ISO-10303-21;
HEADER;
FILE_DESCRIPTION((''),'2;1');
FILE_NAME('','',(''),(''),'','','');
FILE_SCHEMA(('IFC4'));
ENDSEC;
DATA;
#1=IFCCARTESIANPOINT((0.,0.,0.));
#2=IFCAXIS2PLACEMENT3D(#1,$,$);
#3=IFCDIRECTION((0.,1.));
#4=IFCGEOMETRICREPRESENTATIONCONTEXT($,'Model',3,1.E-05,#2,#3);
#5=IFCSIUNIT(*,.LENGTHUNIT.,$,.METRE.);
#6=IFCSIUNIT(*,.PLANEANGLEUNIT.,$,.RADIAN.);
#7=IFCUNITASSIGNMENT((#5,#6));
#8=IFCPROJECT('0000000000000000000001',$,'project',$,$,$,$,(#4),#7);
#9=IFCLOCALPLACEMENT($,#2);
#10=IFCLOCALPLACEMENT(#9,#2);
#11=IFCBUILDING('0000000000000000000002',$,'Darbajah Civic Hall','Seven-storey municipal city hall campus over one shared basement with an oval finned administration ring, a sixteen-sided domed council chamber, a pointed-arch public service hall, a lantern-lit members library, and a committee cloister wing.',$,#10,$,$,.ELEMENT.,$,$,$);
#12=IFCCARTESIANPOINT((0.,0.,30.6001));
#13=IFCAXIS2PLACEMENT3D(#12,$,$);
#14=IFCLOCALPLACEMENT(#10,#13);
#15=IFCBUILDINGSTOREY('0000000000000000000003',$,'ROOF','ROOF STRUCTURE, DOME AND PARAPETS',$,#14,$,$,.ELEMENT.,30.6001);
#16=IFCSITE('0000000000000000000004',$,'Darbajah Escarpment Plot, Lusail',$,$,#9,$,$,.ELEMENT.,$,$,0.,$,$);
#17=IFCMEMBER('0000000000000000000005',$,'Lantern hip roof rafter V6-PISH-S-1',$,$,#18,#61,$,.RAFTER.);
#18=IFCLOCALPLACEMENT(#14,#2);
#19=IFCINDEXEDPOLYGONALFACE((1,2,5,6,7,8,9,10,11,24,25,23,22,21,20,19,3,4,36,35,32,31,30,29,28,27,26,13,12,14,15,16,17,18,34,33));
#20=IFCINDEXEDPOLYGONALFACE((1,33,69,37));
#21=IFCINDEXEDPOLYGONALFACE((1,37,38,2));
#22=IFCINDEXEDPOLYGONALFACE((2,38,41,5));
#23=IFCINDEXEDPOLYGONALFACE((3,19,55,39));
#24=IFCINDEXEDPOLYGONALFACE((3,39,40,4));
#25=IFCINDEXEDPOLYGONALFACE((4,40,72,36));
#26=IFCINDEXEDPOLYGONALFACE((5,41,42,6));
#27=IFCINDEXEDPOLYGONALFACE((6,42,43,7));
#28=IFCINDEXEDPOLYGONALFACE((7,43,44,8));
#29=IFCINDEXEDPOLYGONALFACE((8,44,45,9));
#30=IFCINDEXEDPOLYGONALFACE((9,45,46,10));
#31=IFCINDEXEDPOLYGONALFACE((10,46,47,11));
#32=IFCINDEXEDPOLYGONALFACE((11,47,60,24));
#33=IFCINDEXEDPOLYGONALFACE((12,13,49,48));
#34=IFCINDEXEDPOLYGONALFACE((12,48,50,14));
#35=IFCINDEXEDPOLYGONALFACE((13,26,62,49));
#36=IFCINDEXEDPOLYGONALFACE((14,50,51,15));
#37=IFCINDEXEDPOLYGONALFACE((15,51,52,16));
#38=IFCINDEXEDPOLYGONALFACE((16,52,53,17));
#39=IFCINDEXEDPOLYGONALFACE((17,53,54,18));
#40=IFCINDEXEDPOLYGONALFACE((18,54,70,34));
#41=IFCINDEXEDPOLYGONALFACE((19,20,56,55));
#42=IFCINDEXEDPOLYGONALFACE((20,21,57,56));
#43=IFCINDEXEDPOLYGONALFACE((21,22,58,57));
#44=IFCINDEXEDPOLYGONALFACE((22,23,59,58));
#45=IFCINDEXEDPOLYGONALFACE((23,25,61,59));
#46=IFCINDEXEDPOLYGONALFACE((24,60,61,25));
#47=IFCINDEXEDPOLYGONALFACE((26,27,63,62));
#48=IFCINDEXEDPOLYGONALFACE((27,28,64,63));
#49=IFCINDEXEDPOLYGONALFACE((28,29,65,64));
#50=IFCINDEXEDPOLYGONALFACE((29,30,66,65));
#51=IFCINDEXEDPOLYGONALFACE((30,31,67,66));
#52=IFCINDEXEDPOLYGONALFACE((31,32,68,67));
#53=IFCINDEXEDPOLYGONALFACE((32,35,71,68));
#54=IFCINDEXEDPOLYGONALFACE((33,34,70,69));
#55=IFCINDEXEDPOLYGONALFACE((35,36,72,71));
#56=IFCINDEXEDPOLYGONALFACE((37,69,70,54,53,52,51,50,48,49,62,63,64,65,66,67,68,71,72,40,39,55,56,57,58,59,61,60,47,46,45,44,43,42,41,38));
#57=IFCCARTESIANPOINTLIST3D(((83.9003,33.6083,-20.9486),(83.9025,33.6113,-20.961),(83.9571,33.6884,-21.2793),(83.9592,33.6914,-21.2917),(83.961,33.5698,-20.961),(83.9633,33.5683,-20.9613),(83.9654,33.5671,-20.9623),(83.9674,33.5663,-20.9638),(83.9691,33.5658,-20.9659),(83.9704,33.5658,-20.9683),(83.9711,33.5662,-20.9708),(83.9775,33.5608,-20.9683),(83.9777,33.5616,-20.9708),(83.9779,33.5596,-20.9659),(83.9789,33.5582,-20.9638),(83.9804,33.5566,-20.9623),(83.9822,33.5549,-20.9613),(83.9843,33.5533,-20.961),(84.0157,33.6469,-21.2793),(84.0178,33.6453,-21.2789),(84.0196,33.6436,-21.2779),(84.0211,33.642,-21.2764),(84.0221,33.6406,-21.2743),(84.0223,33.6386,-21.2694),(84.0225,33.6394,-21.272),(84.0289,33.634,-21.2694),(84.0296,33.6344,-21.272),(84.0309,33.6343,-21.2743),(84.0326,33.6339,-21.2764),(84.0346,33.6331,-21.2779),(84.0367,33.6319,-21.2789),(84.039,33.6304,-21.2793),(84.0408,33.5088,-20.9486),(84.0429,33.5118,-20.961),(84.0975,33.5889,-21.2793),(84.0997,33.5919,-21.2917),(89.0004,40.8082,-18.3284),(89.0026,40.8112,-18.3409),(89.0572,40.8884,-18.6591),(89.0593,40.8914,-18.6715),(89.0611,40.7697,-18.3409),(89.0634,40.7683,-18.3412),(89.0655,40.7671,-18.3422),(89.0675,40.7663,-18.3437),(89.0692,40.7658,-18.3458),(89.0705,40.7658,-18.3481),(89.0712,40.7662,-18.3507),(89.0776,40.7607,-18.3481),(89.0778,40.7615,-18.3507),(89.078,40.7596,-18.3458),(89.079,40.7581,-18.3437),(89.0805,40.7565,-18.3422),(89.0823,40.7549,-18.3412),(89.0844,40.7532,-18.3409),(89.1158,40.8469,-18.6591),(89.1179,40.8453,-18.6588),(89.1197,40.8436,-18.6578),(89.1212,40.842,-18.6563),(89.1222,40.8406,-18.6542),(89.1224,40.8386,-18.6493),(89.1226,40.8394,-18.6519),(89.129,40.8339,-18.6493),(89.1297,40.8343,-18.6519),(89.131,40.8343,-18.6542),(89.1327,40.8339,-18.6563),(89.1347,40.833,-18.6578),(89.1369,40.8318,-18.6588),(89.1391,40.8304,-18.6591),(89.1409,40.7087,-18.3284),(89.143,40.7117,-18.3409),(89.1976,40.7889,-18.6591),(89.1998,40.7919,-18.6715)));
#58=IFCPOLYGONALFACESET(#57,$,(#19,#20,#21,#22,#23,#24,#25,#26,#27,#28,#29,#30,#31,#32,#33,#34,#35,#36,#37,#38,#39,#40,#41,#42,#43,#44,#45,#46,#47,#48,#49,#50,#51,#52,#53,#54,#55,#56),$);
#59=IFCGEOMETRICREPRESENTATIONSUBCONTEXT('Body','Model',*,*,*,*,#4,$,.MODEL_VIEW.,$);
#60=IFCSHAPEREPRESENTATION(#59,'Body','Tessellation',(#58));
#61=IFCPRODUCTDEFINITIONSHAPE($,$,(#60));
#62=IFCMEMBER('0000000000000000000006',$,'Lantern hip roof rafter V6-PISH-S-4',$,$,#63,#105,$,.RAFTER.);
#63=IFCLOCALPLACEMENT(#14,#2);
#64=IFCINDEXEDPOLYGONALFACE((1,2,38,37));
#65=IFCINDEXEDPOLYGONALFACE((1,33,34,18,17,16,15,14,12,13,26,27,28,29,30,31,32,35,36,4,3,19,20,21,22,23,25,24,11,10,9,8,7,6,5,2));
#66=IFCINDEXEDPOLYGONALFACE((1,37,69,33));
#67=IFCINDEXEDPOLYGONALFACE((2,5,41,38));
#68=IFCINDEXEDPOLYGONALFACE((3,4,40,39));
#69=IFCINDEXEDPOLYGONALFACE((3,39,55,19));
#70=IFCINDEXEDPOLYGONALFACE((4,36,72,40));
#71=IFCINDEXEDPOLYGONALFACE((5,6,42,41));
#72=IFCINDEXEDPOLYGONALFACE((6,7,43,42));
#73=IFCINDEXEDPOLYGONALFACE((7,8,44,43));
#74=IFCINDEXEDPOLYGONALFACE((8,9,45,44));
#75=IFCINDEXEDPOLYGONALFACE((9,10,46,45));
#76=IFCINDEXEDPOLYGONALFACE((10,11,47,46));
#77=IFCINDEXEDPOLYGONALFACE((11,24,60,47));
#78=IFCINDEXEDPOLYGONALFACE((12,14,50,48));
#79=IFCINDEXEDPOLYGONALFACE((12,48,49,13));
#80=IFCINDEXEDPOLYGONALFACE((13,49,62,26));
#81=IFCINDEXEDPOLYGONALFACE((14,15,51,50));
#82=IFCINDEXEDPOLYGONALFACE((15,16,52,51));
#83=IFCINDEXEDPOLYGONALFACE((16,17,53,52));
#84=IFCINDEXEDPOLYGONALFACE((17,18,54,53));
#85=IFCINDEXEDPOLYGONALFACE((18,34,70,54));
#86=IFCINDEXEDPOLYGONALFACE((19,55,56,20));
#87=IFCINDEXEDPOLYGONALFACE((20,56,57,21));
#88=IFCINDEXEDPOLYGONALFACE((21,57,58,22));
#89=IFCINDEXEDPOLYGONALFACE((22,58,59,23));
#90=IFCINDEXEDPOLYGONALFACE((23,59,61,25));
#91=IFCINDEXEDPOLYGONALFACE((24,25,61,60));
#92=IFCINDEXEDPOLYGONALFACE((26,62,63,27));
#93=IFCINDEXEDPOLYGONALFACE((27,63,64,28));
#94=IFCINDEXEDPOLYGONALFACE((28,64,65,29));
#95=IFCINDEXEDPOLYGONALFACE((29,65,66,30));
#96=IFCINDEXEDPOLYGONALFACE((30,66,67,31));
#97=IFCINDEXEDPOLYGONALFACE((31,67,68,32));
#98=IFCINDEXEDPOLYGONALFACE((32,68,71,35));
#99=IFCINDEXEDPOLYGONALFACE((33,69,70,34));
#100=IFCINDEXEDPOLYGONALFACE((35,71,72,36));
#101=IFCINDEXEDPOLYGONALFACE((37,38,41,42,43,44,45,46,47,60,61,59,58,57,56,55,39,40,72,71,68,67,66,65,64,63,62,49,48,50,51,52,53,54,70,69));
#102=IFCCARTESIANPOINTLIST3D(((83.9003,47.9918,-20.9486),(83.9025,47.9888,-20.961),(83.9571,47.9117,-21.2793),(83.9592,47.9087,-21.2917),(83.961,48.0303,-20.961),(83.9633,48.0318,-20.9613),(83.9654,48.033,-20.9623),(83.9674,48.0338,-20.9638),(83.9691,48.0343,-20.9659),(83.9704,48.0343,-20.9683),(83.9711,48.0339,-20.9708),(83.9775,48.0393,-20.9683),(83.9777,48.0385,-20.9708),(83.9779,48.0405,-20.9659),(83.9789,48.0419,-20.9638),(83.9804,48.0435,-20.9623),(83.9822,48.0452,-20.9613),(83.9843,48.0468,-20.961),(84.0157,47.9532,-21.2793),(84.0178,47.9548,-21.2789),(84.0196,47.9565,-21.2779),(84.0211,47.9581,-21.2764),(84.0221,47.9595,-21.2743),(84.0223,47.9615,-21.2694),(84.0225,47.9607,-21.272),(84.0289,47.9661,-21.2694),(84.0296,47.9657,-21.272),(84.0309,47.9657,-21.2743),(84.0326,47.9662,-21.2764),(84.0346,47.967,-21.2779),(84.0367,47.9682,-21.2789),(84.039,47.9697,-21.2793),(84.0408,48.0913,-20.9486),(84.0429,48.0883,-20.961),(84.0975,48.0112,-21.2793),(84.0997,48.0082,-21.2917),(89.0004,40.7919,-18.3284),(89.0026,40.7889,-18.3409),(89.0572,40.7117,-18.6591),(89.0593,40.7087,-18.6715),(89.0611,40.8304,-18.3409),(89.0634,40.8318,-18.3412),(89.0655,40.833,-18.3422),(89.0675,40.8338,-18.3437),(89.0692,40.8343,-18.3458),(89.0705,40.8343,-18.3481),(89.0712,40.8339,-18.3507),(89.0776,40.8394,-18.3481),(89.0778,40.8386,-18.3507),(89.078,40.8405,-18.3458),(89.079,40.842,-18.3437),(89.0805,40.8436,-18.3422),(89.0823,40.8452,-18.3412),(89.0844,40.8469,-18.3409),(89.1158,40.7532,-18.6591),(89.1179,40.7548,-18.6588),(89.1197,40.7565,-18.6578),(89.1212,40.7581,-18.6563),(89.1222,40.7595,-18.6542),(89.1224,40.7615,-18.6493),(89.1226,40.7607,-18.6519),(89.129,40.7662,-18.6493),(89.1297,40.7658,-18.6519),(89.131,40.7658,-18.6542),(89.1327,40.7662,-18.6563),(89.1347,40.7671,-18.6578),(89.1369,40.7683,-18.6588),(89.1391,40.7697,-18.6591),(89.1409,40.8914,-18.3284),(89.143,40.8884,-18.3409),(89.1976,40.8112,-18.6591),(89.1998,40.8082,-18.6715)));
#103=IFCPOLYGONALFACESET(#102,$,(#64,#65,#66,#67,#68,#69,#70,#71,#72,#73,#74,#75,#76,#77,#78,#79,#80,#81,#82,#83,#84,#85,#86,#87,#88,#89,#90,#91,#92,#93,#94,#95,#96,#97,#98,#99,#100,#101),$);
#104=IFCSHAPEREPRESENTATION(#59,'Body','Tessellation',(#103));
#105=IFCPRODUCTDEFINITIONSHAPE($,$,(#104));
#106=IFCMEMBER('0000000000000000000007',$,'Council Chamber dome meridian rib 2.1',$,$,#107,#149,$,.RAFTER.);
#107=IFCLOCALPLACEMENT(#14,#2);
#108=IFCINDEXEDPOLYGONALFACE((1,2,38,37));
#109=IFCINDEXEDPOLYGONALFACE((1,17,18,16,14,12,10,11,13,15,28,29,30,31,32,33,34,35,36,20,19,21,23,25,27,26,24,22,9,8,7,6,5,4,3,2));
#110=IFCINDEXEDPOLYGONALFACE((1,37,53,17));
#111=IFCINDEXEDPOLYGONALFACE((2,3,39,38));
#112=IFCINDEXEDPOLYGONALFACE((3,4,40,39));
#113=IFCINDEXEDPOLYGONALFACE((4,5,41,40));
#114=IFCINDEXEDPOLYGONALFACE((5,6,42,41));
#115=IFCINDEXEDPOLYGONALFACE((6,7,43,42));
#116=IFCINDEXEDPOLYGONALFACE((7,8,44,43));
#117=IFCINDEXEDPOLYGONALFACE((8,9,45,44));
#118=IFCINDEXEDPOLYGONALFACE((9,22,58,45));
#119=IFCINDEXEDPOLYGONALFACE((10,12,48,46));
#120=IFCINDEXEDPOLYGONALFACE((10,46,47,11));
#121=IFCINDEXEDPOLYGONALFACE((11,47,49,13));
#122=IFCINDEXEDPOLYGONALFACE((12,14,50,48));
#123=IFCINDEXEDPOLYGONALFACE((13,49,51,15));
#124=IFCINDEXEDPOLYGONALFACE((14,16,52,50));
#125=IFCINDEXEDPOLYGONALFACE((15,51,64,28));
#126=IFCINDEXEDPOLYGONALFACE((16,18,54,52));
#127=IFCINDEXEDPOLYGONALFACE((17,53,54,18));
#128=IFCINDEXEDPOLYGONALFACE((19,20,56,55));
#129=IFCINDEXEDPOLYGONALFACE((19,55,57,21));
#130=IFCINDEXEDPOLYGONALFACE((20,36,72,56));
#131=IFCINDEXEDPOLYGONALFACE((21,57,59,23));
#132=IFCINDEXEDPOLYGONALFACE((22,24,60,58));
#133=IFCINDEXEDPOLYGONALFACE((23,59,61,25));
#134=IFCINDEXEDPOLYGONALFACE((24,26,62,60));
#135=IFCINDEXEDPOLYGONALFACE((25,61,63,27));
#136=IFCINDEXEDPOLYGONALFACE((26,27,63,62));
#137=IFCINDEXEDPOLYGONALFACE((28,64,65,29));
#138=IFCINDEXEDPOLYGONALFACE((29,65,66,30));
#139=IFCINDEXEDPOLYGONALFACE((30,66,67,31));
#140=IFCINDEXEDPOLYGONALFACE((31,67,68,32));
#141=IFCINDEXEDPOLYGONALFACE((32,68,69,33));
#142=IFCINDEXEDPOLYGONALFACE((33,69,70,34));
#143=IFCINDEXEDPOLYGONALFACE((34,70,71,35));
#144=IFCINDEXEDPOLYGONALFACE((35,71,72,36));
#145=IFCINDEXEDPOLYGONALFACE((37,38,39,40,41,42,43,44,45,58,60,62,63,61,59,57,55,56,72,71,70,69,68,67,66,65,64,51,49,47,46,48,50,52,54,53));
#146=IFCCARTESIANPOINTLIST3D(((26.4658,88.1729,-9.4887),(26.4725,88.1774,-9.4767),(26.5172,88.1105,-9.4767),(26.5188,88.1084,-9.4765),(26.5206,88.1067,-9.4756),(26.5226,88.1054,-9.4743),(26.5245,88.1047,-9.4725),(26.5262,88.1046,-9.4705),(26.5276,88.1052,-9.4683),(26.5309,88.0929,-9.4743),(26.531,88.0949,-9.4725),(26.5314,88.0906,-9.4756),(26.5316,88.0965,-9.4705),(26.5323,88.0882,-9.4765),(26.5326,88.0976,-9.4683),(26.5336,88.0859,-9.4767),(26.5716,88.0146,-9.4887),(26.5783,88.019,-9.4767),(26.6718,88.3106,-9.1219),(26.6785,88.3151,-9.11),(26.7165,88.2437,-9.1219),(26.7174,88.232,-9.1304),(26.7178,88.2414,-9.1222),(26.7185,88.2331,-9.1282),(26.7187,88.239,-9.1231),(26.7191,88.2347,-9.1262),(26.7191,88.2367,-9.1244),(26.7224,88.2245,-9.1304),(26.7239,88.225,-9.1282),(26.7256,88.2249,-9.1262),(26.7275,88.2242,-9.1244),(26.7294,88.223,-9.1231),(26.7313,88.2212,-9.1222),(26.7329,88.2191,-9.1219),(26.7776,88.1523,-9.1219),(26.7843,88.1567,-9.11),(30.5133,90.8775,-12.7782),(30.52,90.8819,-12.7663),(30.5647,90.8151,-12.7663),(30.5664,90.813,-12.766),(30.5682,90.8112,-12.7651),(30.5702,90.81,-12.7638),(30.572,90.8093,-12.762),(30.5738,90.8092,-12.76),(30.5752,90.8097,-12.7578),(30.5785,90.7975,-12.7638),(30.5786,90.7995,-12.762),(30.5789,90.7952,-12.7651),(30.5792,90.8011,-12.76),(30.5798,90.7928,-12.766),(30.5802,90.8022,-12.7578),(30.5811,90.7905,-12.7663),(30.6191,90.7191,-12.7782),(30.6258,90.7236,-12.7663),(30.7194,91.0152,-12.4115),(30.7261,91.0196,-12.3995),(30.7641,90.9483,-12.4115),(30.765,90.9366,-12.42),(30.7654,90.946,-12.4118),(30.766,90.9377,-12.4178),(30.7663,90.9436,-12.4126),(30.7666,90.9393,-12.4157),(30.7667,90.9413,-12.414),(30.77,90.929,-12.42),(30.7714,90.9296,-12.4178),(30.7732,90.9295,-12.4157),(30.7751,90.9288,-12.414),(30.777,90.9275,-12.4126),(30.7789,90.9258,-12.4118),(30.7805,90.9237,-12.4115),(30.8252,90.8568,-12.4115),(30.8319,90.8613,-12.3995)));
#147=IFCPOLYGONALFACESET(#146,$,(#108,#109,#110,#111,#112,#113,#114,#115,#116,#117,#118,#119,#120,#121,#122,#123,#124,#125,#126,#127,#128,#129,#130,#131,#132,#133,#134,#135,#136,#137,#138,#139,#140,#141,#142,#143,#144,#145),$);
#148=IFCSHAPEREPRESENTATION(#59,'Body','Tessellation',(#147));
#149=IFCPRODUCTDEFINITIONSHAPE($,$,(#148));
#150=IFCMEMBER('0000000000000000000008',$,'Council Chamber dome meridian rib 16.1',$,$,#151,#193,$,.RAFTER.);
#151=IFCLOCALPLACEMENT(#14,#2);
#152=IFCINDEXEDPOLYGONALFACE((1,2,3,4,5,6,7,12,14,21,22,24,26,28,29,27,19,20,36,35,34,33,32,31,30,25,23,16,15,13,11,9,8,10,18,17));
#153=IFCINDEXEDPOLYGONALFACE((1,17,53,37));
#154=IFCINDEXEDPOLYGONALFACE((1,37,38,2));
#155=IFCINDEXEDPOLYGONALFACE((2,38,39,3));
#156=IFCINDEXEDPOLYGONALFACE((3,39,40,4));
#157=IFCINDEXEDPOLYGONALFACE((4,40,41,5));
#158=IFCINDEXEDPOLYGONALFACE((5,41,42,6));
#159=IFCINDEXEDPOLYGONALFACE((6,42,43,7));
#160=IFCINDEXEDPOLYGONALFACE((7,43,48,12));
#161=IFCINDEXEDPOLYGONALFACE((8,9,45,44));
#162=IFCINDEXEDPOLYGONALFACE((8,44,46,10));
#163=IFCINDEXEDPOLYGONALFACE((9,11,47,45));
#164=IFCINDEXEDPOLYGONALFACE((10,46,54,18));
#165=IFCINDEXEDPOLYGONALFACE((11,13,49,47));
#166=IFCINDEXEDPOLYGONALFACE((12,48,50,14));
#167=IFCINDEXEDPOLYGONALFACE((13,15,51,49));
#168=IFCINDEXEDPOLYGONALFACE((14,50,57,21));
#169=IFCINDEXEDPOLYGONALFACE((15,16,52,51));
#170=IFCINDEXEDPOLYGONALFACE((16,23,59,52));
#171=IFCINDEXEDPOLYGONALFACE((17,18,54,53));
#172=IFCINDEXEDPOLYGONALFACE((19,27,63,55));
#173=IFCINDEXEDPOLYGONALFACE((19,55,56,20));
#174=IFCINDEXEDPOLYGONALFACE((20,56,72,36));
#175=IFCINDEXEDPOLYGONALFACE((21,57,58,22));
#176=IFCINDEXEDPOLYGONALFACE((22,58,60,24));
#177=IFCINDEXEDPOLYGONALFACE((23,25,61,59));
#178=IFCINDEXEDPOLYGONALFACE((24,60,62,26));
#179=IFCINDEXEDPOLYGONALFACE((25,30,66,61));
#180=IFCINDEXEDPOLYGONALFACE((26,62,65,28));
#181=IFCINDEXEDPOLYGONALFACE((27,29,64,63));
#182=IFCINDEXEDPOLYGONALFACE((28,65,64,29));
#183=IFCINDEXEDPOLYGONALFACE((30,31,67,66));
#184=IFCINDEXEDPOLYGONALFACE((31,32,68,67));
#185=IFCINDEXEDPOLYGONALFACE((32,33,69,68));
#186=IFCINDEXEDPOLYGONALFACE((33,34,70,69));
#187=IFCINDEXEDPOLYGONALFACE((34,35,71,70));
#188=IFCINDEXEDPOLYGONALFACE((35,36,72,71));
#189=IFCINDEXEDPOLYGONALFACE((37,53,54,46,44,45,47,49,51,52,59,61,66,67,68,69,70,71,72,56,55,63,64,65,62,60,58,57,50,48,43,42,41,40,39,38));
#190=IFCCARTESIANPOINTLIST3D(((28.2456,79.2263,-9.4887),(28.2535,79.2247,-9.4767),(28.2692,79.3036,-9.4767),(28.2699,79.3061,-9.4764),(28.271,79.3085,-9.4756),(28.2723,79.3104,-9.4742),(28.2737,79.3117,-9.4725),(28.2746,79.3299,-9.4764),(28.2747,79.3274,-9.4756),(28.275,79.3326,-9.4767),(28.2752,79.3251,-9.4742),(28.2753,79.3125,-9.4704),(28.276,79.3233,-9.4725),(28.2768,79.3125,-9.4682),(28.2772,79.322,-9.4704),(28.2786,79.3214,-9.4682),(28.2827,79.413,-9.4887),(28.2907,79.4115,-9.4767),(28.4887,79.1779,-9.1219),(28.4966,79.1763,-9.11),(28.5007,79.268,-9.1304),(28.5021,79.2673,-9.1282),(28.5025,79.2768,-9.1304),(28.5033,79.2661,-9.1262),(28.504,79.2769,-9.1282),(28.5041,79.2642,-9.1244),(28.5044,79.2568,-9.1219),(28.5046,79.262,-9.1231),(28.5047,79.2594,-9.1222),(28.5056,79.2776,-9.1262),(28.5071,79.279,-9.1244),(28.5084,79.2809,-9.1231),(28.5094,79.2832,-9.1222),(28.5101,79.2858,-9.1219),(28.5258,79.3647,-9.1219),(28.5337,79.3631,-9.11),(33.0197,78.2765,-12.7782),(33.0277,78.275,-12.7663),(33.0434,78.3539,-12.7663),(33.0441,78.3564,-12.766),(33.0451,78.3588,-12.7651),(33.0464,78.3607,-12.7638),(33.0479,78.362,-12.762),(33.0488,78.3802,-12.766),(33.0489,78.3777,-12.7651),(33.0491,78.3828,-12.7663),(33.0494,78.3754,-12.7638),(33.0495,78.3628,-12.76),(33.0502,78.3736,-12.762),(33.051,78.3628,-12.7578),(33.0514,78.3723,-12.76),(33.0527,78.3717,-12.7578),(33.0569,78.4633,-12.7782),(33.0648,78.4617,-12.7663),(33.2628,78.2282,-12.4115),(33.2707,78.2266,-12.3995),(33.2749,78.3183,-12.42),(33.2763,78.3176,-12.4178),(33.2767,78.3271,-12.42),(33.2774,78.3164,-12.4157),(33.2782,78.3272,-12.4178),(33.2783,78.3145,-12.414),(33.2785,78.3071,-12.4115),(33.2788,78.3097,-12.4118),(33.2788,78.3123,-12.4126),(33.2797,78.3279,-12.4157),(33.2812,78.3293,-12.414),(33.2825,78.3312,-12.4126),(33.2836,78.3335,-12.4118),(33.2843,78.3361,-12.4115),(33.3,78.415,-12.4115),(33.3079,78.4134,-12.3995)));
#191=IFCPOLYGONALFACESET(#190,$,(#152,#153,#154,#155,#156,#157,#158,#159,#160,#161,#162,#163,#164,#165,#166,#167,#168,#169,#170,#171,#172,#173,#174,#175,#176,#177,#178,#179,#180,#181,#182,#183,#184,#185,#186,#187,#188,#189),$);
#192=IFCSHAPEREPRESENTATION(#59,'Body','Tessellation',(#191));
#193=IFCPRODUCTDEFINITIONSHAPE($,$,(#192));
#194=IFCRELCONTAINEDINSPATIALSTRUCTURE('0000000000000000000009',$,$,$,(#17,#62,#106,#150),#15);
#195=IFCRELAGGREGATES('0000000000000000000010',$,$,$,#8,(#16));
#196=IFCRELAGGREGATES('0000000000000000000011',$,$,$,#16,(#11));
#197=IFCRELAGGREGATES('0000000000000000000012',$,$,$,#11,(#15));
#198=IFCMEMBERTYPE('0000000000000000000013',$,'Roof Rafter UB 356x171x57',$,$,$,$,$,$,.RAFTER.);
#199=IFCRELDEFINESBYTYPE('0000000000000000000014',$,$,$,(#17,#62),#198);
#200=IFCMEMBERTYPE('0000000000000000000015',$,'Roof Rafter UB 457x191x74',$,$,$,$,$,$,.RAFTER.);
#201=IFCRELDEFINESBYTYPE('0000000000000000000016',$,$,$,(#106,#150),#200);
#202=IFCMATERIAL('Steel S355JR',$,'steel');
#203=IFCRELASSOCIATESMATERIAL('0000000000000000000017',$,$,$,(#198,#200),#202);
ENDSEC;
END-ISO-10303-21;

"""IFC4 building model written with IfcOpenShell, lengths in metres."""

from ifc_helpers import new_model, si_unit, direction, frame, origin, origin_2d, place, context, subcontext, project, spatial, i_section, extrude, material, material_profile, profile_set, type_object, element, save


model = new_model("IFC4")

# Units and contexts
model_context = context("Model", 3, precision=1e-05, world=origin(), true_north=direction((0.0, 1.0)))
body_context = subcontext(model_context, "Body", "Model", "MODEL_VIEW")
ifc_project = project(units=[si_unit("LENGTHUNIT", "METRE"), si_unit("PLANEANGLEUNIT", "RADIAN")], contexts=[model_context])

# Site, building, storey
site_placement = place(None, origin())
site = spatial("IfcSite", under=ifc_project, at=site_placement, Name="Darbajah Escarpment Plot, Lusail", CompositionType="ELEMENT", RefElevation=0.0)
building_placement = place(site_placement, origin())
building = spatial("IfcBuilding", under=site, at=building_placement, Name="Darbajah Civic Hall", Description="Seven-storey municipal city hall campus over one shared basement with an oval finned administration ring, a sixteen-sided domed council chamber, a pointed-arch public service hall, a lantern-lit members library, and a committee cloister wing.", CompositionType="ELEMENT")
storey_placement = place(building_placement, frame((0.0, 0.0, 30.6001)))
storey = spatial("IfcBuildingStorey", under=building, at=storey_placement, Name="ROOF", Description="ROOF STRUCTURE, DOME AND PARAPETS", CompositionType="ELEMENT", Elevation=30.6001)

# Members
ifc_material_1 = material(Name="Steel S355JR", Category="steel")
ifc_material_profile_1 = material_profile(ifc_material_1, i_section(OverallWidth=0.1721, OverallDepth=0.3579, WebThickness=0.0081, FlangeThickness=0.0129, FilletRadius=0.0103, at=origin_2d()), Name="UB 356x171x57")
ifc_profile_set_1 = profile_set([ifc_material_profile_1], Name="Steel S355JR")
member_type_1 = type_object("IfcMemberType", Name="Roof Rafter UB 356x171x57", PredefinedType="RAFTER", material=ifc_profile_set_1)
for number, where, z_axis, x_axis, name in (
    (1, (84.0, 33.6001, -21.1201), (0.554112, 0.782255, 0.284669), (-0.816017, 0.578027, 0.0), "Lantern hip roof rafter V6-PISH-S-1"),
    (2, (84.0, 48.0, -21.1201), (0.554112, -0.782255, 0.284669), (0.816017, 0.578027, 0.0), "Lantern hip roof rafter V6-PISH-S-4"),
):
    element("IfcMember", number, at=place(storey_placement, frame(where, z_axis=z_axis, x_axis=x_axis)), inside=storey, type_object=member_type_1, Name=name, PredefinedType="RAFTER", context=body_context, shape_type="SweptSolid", body=[
        extrude(i_section(OverallWidth=0.1721, OverallDepth=0.3579, WebThickness=0.0081, FlangeThickness=0.0129, FilletRadius=0.0103, at=origin_2d()), origin(), (0.0, 0.0, 1.0), 9.2041),
    ])
ifc_material_profile_2 = material_profile(ifc_material_1, i_section(OverallWidth=0.1904, OverallDepth=0.457, WebThickness=0.009, FlangeThickness=0.0144, FilletRadius=0.0103, at=origin_2d()), Name="UB 457x191x74")
ifc_profile_set_2 = profile_set([ifc_material_profile_2], Name="Steel S355JR")
member_type_2 = type_object("IfcMemberType", Name="Roof Rafter UB 457x191x74", PredefinedType="RAFTER", material=ifc_profile_set_2)
member_1_placement = place(storey_placement, frame((30.6726, 90.8694, -12.5889), z_axis=(-0.68892, -0.460333, 0.559896), x_axis=(0.555579, -0.831463, 0.0)))
element("IfcMember", 3, at=member_1_placement, inside=storey, type_object=member_type_2, Name="Council Chamber dome meridian rib 2.1", PredefinedType="RAFTER", context=body_context, shape_type="SweptSolid", body=[
    extrude(i_section(OverallWidth=0.1904, OverallDepth=0.457, WebThickness=0.009, FlangeThickness=0.0144, FilletRadius=0.0103, at=origin_2d()), origin(), (0.0, 0.0, 1.0), 5.8752),
])
member_2_placement = place(storey_placement, frame((33.1638, 78.345, -12.5889), z_axis=(-0.812623, 0.161652, 0.559922), x_axis=(-0.195103, -0.980783, 0.0)))
element("IfcMember", 4, at=member_2_placement, inside=storey, type_object=member_type_2, Name="Council Chamber dome meridian rib 16.1", PredefinedType="RAFTER", context=body_context, shape_type="SweptSolid", body=[
    extrude(i_section(OverallWidth=0.1904, OverallDepth=0.457, WebThickness=0.009, FlangeThickness=0.0144, FilletRadius=0.0103, at=origin_2d()), origin(), (0.0, 0.0, 1.0), 5.875),
])

save(model, "model.ifc")
